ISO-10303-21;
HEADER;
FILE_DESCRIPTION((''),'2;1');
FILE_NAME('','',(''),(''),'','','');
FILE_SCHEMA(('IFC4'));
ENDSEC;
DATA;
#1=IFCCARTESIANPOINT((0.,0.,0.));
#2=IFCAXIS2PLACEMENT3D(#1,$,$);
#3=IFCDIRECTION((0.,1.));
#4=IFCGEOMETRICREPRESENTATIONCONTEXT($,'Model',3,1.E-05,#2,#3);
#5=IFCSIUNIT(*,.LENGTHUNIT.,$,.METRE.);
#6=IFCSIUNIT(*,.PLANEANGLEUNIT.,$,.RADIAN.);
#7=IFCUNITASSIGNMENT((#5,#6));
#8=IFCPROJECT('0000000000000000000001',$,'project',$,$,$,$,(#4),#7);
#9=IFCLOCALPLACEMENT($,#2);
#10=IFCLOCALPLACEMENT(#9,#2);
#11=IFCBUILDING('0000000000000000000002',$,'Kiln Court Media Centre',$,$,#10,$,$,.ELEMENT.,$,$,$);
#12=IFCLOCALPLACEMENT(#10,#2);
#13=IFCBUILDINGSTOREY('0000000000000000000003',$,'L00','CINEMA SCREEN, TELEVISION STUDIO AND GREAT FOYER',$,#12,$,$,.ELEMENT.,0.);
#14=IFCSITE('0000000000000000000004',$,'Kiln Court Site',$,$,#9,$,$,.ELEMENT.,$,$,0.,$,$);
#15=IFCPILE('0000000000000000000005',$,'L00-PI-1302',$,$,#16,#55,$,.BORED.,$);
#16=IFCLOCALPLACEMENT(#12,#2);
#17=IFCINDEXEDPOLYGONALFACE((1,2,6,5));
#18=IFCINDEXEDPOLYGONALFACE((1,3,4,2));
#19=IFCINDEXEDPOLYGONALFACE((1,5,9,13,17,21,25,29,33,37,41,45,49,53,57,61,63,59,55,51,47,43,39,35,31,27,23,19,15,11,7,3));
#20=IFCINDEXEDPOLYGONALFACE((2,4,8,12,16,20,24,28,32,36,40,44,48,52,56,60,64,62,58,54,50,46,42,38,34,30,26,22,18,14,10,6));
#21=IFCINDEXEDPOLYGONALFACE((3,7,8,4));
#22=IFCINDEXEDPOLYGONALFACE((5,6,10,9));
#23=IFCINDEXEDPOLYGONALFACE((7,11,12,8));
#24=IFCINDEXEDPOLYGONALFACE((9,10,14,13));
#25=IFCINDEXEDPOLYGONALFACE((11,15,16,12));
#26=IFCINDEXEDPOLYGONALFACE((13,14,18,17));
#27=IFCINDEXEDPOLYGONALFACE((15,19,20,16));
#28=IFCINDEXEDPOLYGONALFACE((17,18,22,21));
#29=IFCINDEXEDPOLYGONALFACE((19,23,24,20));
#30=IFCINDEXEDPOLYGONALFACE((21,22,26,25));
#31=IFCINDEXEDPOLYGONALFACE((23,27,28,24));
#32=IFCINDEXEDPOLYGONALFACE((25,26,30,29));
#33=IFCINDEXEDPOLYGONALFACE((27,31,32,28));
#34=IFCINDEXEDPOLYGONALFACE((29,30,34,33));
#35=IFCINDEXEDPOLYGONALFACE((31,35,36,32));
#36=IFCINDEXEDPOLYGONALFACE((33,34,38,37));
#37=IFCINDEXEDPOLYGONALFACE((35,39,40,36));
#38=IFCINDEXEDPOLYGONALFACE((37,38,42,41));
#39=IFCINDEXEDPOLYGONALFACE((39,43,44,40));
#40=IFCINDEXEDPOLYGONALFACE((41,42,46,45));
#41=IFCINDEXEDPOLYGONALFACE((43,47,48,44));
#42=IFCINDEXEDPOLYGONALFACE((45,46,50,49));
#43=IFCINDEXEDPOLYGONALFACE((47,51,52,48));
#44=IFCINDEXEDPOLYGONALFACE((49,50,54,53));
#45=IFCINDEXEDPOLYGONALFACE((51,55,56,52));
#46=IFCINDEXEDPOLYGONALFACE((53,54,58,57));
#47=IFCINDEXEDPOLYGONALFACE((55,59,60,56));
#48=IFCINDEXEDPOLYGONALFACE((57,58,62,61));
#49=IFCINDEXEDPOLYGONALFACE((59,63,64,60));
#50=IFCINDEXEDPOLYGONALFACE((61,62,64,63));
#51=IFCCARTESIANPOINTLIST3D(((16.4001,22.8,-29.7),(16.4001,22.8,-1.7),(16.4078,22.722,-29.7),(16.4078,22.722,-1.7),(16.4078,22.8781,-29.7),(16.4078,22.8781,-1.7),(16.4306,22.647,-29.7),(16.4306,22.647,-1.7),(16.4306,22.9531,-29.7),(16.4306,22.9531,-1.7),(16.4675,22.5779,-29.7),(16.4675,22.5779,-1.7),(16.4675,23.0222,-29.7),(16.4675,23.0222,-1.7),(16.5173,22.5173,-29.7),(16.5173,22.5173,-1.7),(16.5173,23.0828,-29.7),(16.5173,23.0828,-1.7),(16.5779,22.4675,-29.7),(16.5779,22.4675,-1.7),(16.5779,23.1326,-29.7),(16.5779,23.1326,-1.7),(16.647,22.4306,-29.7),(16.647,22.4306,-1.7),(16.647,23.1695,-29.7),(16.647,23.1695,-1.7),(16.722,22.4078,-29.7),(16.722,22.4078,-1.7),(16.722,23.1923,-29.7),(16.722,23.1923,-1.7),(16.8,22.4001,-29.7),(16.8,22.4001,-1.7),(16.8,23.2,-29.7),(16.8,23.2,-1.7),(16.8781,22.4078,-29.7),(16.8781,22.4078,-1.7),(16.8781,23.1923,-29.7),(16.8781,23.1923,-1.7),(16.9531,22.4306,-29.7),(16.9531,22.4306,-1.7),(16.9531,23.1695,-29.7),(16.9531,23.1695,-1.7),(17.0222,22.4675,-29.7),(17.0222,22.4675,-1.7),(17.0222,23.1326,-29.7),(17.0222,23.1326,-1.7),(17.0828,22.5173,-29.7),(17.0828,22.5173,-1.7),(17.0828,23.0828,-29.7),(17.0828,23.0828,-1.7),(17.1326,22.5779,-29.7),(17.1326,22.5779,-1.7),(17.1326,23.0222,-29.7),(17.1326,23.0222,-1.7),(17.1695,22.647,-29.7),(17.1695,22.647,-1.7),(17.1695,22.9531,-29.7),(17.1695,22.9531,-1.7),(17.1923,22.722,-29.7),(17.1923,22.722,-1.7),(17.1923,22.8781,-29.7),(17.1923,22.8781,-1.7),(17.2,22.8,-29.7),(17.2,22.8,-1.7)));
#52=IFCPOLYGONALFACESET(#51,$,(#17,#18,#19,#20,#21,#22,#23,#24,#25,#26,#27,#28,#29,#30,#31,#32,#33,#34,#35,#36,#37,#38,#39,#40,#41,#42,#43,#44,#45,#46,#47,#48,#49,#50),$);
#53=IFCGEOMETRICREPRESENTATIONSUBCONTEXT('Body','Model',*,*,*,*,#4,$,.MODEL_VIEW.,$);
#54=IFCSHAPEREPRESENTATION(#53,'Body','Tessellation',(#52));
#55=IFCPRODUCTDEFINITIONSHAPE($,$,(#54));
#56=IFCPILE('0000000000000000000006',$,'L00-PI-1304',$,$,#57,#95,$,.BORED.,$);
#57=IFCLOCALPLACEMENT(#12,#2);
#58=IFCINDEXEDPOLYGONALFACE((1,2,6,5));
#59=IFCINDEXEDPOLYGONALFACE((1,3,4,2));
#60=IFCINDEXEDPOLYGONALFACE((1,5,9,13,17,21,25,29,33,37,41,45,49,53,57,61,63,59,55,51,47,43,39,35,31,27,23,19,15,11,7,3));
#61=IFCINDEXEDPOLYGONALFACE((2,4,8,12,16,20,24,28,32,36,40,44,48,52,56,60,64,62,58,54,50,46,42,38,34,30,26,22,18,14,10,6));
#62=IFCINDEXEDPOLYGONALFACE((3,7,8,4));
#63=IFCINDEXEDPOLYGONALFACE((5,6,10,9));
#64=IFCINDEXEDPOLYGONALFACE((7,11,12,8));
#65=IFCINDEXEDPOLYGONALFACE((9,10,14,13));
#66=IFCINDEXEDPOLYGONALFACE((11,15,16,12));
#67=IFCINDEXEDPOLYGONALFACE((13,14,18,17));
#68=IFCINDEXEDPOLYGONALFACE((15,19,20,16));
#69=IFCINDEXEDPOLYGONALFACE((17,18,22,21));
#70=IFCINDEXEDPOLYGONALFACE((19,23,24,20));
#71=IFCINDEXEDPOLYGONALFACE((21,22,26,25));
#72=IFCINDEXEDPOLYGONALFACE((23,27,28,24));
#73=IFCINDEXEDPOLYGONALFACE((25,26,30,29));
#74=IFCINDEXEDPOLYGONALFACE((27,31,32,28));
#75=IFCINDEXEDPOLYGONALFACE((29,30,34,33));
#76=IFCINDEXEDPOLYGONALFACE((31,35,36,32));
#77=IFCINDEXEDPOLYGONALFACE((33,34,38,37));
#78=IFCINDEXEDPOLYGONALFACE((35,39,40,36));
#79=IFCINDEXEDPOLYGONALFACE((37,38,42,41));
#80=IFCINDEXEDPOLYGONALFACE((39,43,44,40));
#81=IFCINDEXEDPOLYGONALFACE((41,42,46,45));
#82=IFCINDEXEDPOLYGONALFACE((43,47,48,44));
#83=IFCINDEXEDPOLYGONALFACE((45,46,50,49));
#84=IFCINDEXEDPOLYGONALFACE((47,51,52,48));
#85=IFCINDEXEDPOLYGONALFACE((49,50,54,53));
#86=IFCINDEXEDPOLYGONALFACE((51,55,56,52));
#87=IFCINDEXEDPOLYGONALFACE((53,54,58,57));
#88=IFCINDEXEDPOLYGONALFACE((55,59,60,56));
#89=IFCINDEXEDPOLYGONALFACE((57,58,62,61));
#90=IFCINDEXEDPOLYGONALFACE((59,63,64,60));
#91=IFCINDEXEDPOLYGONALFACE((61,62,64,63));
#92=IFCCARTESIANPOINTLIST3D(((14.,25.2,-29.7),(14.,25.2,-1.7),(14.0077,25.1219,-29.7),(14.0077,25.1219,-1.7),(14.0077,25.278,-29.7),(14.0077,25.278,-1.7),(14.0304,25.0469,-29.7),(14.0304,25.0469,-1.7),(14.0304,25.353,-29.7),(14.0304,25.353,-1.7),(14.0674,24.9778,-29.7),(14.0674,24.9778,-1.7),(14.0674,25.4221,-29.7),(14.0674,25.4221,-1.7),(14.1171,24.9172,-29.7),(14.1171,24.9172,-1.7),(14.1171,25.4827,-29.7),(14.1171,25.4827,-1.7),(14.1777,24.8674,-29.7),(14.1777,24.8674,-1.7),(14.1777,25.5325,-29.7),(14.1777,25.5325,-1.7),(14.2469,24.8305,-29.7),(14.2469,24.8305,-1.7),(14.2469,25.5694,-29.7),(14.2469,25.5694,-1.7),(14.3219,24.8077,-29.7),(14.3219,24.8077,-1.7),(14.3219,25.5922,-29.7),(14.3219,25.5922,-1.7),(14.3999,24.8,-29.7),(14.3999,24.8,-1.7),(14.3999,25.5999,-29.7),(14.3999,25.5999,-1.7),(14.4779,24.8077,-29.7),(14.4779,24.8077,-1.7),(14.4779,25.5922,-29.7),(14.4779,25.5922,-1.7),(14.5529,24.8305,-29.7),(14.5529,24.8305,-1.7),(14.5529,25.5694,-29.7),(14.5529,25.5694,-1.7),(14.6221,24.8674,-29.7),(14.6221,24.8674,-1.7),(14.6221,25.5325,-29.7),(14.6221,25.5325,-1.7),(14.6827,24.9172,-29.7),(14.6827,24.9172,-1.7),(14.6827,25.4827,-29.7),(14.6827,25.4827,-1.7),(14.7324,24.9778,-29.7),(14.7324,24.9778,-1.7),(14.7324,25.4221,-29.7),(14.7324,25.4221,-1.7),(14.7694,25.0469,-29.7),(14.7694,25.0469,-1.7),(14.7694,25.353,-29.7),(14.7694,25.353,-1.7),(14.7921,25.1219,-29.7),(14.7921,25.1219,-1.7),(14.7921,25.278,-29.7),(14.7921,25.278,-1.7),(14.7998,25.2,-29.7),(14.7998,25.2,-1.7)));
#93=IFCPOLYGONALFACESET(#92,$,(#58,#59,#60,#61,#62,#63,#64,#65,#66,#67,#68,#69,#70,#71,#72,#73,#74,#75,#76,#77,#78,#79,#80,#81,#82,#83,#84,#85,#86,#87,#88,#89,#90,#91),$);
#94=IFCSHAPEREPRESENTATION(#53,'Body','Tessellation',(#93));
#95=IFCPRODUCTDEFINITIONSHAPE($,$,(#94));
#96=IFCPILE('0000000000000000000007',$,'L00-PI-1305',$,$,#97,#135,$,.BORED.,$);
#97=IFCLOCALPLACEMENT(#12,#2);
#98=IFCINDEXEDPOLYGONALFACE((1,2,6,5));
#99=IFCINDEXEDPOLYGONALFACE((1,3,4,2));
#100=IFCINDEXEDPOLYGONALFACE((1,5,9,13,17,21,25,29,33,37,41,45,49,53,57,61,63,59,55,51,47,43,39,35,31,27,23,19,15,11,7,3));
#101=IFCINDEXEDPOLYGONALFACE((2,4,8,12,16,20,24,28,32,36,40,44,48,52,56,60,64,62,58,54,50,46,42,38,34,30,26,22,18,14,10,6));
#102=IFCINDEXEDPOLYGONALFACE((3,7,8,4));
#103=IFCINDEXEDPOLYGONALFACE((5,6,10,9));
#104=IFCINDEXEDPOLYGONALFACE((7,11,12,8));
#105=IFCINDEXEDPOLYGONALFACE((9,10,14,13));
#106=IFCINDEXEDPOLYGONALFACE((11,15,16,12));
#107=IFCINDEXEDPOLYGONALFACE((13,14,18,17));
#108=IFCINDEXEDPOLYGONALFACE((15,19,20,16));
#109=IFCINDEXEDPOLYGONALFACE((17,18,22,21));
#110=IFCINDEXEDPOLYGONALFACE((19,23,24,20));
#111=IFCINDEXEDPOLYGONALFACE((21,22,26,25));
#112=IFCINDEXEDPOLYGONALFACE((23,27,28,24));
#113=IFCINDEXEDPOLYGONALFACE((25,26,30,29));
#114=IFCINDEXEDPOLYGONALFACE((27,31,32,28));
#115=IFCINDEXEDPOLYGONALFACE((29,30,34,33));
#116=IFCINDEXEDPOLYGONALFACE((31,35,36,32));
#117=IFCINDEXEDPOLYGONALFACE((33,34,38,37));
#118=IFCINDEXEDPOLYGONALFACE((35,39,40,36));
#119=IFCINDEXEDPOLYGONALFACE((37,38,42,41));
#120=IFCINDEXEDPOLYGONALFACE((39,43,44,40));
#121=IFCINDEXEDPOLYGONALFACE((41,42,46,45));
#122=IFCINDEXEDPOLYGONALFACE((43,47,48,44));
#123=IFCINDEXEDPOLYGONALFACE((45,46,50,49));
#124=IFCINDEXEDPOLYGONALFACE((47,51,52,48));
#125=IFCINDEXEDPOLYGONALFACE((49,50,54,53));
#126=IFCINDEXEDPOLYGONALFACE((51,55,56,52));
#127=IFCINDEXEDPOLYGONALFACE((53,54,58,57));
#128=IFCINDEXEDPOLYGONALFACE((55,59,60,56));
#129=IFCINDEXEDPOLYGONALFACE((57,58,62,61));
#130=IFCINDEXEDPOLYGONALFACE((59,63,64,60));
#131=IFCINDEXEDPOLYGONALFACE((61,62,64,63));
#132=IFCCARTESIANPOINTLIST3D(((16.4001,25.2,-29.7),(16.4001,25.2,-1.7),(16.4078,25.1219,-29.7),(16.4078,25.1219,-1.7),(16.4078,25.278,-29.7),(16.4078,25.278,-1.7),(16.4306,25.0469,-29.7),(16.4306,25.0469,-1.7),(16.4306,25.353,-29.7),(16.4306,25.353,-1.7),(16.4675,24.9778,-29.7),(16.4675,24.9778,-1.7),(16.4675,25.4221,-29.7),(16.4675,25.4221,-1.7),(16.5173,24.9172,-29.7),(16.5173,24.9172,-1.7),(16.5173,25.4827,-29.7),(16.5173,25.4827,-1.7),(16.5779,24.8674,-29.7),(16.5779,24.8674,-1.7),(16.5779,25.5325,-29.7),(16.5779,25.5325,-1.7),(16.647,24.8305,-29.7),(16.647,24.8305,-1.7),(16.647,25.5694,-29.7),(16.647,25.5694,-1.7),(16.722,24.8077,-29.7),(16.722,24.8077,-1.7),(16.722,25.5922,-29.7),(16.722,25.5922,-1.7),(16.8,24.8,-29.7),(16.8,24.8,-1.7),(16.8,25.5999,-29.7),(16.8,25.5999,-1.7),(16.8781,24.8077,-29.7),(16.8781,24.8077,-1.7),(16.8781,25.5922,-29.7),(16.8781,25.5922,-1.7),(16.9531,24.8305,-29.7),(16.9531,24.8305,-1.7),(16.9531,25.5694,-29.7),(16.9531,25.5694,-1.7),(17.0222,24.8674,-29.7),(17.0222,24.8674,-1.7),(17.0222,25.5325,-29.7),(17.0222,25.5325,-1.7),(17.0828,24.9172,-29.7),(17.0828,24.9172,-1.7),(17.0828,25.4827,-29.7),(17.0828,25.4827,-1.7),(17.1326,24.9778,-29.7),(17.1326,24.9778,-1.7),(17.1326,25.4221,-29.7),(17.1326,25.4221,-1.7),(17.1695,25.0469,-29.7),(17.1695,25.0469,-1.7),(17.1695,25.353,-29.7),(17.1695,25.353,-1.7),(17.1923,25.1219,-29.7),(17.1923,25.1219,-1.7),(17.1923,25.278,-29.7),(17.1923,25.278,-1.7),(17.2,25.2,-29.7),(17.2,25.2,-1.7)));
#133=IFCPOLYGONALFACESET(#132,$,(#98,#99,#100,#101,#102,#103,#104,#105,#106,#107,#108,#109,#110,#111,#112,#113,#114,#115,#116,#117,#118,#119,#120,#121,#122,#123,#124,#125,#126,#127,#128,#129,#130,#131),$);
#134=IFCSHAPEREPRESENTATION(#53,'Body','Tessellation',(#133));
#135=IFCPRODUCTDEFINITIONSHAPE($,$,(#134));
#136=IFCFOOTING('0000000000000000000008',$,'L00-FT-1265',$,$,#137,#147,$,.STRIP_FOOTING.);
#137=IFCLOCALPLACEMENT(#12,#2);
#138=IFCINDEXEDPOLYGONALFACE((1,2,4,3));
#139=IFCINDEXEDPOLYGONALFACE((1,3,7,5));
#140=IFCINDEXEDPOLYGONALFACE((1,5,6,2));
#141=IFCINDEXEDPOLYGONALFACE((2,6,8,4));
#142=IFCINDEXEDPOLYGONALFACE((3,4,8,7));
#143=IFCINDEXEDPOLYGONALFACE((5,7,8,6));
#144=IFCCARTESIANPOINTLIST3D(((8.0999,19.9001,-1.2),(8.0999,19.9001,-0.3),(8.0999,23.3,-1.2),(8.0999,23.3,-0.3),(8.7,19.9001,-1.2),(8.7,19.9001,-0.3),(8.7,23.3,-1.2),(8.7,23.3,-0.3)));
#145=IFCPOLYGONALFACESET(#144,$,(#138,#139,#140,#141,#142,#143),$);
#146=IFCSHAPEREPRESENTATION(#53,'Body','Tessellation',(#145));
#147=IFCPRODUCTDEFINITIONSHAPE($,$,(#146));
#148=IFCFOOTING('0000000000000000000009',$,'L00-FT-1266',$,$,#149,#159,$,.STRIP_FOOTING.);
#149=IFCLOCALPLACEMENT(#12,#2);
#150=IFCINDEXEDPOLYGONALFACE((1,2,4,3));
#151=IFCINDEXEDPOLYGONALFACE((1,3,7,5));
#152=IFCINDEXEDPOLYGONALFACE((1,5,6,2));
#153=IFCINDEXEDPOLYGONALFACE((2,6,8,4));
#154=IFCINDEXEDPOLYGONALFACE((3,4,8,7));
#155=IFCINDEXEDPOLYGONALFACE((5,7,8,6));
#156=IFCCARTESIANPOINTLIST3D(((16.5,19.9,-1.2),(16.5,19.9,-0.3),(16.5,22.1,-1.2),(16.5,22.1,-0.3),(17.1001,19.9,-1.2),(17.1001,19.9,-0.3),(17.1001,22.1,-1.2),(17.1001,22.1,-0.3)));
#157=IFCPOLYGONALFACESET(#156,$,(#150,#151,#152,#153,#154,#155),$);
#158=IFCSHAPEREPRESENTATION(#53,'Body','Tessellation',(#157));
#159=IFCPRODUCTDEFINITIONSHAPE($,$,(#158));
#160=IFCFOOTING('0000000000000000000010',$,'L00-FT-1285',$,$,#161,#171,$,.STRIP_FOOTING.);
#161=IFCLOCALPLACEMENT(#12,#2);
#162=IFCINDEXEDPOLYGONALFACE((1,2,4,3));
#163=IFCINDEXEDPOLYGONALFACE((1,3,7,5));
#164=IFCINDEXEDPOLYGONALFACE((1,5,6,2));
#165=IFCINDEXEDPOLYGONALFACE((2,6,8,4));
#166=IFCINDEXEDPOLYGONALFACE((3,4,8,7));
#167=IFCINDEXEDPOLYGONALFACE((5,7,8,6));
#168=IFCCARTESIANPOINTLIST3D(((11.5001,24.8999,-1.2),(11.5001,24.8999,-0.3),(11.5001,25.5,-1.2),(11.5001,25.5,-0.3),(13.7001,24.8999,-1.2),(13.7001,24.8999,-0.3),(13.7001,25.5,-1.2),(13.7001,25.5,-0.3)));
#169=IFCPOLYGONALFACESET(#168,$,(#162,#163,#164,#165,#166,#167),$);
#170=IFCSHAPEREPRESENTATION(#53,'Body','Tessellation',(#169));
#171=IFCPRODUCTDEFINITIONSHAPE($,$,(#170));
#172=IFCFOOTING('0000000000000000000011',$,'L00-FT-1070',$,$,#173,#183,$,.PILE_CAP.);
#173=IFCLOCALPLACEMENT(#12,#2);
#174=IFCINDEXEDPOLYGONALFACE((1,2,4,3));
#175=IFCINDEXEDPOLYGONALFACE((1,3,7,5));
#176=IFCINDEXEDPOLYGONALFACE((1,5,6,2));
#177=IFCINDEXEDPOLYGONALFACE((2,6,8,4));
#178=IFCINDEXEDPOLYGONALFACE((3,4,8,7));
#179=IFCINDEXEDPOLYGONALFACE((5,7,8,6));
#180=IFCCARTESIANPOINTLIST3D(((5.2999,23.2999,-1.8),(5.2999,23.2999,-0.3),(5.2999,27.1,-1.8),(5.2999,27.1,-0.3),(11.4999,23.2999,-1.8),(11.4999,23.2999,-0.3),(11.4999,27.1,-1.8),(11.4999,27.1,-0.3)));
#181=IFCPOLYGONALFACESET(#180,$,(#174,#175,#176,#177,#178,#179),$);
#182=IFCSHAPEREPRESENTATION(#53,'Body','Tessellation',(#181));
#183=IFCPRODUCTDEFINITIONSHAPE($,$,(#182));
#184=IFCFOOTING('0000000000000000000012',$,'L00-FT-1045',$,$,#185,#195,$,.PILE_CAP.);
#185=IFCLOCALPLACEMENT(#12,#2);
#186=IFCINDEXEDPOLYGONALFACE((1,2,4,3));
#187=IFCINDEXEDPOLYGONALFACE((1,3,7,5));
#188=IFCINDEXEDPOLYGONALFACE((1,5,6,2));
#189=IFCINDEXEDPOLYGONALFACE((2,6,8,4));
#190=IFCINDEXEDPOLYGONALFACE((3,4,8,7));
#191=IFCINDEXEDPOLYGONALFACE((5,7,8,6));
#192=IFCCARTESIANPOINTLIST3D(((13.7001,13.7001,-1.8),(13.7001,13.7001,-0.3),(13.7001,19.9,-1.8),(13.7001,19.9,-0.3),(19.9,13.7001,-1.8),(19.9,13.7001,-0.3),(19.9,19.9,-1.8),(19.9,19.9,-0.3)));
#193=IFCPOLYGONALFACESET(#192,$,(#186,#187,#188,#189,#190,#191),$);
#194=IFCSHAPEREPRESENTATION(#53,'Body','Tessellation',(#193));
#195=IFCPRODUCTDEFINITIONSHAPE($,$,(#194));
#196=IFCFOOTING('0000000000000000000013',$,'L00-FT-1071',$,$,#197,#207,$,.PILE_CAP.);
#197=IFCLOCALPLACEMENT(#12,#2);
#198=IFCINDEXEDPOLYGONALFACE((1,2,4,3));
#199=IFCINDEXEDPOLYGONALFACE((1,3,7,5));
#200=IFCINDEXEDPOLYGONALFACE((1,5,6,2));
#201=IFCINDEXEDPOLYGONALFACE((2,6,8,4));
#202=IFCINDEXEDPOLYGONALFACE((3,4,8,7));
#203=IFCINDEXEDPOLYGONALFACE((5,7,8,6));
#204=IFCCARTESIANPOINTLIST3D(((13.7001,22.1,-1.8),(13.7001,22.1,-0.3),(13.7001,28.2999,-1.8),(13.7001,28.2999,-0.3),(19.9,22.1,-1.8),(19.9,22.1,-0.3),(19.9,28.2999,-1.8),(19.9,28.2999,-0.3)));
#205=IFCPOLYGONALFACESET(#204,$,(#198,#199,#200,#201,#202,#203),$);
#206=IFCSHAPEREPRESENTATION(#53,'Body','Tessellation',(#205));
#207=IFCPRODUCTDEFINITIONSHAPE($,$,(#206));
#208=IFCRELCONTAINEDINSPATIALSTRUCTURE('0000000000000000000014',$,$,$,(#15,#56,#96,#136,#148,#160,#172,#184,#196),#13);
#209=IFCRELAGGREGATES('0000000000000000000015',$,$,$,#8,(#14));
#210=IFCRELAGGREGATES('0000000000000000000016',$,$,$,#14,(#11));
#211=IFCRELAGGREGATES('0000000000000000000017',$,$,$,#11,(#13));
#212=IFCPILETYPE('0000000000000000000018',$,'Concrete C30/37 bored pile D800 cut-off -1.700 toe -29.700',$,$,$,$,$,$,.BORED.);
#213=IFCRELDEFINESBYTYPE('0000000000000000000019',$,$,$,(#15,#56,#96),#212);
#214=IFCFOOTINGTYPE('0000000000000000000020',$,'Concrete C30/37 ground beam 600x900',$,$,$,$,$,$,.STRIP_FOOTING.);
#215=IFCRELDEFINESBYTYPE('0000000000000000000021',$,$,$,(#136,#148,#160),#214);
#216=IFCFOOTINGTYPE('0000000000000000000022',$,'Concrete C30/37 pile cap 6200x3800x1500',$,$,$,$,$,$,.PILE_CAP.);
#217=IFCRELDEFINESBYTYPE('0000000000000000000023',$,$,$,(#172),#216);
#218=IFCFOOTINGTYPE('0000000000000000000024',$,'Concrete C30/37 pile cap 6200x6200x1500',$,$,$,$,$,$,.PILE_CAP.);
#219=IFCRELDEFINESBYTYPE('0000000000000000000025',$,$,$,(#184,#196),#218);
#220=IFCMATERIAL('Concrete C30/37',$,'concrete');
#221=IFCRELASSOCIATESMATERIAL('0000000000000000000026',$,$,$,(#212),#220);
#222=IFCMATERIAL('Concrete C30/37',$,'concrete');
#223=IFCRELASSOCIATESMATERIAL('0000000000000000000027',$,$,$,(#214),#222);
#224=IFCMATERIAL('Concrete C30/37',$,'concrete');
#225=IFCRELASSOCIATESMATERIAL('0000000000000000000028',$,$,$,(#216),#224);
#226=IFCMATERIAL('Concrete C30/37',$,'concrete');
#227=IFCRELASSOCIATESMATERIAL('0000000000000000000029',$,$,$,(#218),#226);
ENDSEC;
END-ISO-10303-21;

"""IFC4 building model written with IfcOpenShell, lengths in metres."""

from ifc_helpers import new_model, si_unit, direction, frame, origin, origin_2d, place, context, subcontext, project, spatial, rectangle, circle, extrude, material, material_profile, profile_set, type_object, element, save


model = new_model("IFC4")

# Units and contexts
model_context = context("Model", 3, precision=1e-05, world=origin(), true_north=direction((0.0, 1.0)))
body_context = subcontext(model_context, "Body", "Model", "MODEL_VIEW")
ifc_project = project(units=[si_unit("LENGTHUNIT", "METRE"), si_unit("PLANEANGLEUNIT", "RADIAN")], contexts=[model_context])

# Site, building, storey
site_placement = place(None, origin())
site = spatial("IfcSite", under=ifc_project, at=site_placement, Name="Kiln Court Site", CompositionType="ELEMENT", RefElevation=0.0)
building_placement = place(site_placement, origin())
building = spatial("IfcBuilding", under=site, at=building_placement, Name="Kiln Court Media Centre", CompositionType="ELEMENT")
storey_placement = place(building_placement, origin())
storey = spatial("IfcBuildingStorey", under=building, at=storey_placement, Name="L00", Description="CINEMA SCREEN, TELEVISION STUDIO AND GREAT FOYER", CompositionType="ELEMENT", Elevation=0.0)

# Piles
ifc_material_1 = material(Name="Concrete C30/37", Category="concrete")
ifc_material_profile_1 = material_profile(ifc_material_1, circle(Radius=0.3999, at=origin_2d()), Name="PILE D800")
ifc_profile_set_1 = profile_set([ifc_material_profile_1], Name="Concrete C30/37")
pile_type = type_object("IfcPileType", Name="Concrete C30/37 bored pile D800 cut-off -1.700 toe -29.700", PredefinedType="BORED", material=ifc_profile_set_1)
for number, where, z_axis, x_axis, name in (
    (1, (16.8, 22.8, -1.7), (0.0, 0.0, -1.0), (1.0, 0.0, 0.0), "L00-PI-1302"),
    (2, (14.3999, 25.2, -1.7), (0.0, 0.0, -1.0), (1.0, 0.0, 0.0), "L00-PI-1304"),
    (3, (16.8, 25.2, -1.7), (0.0, 0.0, -1.0), (1.0, 0.0, 0.0), "L00-PI-1305"),
):
    element("IfcPile", number, at=place(storey_placement, frame(where, z_axis=z_axis, x_axis=x_axis)), inside=storey, type_object=pile_type, Name=name, PredefinedType="BORED", context=body_context, shape_type="SweptSolid", body=[
        extrude(circle(Radius=0.3999, at=origin_2d()), origin(), (0.0, 0.0, 1.0), 28.0),
    ])

# Footings
ifc_material_2 = material(Name="Concrete C30/37", Category="concrete")
footing_type_1 = type_object("IfcFootingType", Name="Concrete C30/37 ground beam 600x900", PredefinedType="STRIP_FOOTING", material=ifc_material_2)
footing_1_placement = place(storey_placement, frame((8.3999, 21.6001, -1.2), z_axis=(0.0, 0.0, 1.0), x_axis=(1.0, 0.0, 0.0)))
element("IfcFooting", 4, at=footing_1_placement, inside=storey, type_object=footing_type_1, Name="L00-FT-1265", PredefinedType="STRIP_FOOTING", context=body_context, shape_type="SweptSolid", body=[
    extrude(rectangle(XDim=0.6001, YDim=3.3999, at=origin_2d()), origin(), (0.0, 0.0, 1.0), 0.8999),
])
footing_2_placement = place(storey_placement, frame((16.8, 21.0, -1.2), z_axis=(0.0, 0.0, 1.0), x_axis=(1.0, 0.0, 0.0)))
element("IfcFooting", 5, at=footing_2_placement, inside=storey, type_object=footing_type_1, Name="L00-FT-1266", PredefinedType="STRIP_FOOTING", context=body_context, shape_type="SweptSolid", body=[
    extrude(rectangle(XDim=0.6001, YDim=2.2, at=origin_2d()), origin(), (0.0, 0.0, 1.0), 0.8999),
])
footing_3_placement = place(storey_placement, frame((12.6001, 25.2, -1.2), z_axis=(0.0, 0.0, 1.0), x_axis=(1.0, 0.0, 0.0)))
element("IfcFooting", 6, at=footing_3_placement, inside=storey, type_object=footing_type_1, Name="L00-FT-1285", PredefinedType="STRIP_FOOTING", context=body_context, shape_type="SweptSolid", body=[
    extrude(rectangle(XDim=2.2, YDim=0.6001, at=origin_2d()), origin(), (0.0, 0.0, 1.0), 0.8999),
])
ifc_material_3 = material(Name="Concrete C30/37", Category="concrete")
footing_type_2 = type_object("IfcFootingType", Name="Concrete C30/37 pile cap 6200x3800x1500", PredefinedType="PILE_CAP", material=ifc_material_3)
footing_4_placement = place(storey_placement, frame((8.3999, 25.2, -1.8), z_axis=(0.0, 0.0, 1.0), x_axis=(1.0, 0.0, 0.0)))
element("IfcFooting", 7, at=footing_4_placement, inside=storey, type_object=footing_type_2, Name="L00-FT-1070", PredefinedType="PILE_CAP", context=body_context, shape_type="SweptSolid", body=[
    extrude(rectangle(XDim=6.2, YDim=3.8, at=origin_2d()), origin(), (0.0, 0.0, 1.0), 1.5),
])
ifc_material_4 = material(Name="Concrete C30/37", Category="concrete")
footing_type_3 = type_object("IfcFootingType", Name="Concrete C30/37 pile cap 6200x6200x1500", PredefinedType="PILE_CAP", material=ifc_material_4)
for number, where, z_axis, x_axis, name in (
    (8, (16.8, 16.8, -1.8), (0.0, 0.0, 1.0), (1.0, 0.0, 0.0), "L00-FT-1045"),
    (9, (16.8, 25.2, -1.8), (0.0, 0.0, 1.0), (1.0, 0.0, 0.0), "L00-FT-1071"),
):
    element("IfcFooting", number, at=place(storey_placement, frame(where, z_axis=z_axis, x_axis=x_axis)), inside=storey, type_object=footing_type_3, Name=name, PredefinedType="PILE_CAP", context=body_context, shape_type="SweptSolid", body=[
        extrude(rectangle(XDim=6.2, YDim=6.2, at=origin_2d()), origin(), (0.0, 0.0, 1.0), 1.5),
    ])

save(model, "model.ifc")
